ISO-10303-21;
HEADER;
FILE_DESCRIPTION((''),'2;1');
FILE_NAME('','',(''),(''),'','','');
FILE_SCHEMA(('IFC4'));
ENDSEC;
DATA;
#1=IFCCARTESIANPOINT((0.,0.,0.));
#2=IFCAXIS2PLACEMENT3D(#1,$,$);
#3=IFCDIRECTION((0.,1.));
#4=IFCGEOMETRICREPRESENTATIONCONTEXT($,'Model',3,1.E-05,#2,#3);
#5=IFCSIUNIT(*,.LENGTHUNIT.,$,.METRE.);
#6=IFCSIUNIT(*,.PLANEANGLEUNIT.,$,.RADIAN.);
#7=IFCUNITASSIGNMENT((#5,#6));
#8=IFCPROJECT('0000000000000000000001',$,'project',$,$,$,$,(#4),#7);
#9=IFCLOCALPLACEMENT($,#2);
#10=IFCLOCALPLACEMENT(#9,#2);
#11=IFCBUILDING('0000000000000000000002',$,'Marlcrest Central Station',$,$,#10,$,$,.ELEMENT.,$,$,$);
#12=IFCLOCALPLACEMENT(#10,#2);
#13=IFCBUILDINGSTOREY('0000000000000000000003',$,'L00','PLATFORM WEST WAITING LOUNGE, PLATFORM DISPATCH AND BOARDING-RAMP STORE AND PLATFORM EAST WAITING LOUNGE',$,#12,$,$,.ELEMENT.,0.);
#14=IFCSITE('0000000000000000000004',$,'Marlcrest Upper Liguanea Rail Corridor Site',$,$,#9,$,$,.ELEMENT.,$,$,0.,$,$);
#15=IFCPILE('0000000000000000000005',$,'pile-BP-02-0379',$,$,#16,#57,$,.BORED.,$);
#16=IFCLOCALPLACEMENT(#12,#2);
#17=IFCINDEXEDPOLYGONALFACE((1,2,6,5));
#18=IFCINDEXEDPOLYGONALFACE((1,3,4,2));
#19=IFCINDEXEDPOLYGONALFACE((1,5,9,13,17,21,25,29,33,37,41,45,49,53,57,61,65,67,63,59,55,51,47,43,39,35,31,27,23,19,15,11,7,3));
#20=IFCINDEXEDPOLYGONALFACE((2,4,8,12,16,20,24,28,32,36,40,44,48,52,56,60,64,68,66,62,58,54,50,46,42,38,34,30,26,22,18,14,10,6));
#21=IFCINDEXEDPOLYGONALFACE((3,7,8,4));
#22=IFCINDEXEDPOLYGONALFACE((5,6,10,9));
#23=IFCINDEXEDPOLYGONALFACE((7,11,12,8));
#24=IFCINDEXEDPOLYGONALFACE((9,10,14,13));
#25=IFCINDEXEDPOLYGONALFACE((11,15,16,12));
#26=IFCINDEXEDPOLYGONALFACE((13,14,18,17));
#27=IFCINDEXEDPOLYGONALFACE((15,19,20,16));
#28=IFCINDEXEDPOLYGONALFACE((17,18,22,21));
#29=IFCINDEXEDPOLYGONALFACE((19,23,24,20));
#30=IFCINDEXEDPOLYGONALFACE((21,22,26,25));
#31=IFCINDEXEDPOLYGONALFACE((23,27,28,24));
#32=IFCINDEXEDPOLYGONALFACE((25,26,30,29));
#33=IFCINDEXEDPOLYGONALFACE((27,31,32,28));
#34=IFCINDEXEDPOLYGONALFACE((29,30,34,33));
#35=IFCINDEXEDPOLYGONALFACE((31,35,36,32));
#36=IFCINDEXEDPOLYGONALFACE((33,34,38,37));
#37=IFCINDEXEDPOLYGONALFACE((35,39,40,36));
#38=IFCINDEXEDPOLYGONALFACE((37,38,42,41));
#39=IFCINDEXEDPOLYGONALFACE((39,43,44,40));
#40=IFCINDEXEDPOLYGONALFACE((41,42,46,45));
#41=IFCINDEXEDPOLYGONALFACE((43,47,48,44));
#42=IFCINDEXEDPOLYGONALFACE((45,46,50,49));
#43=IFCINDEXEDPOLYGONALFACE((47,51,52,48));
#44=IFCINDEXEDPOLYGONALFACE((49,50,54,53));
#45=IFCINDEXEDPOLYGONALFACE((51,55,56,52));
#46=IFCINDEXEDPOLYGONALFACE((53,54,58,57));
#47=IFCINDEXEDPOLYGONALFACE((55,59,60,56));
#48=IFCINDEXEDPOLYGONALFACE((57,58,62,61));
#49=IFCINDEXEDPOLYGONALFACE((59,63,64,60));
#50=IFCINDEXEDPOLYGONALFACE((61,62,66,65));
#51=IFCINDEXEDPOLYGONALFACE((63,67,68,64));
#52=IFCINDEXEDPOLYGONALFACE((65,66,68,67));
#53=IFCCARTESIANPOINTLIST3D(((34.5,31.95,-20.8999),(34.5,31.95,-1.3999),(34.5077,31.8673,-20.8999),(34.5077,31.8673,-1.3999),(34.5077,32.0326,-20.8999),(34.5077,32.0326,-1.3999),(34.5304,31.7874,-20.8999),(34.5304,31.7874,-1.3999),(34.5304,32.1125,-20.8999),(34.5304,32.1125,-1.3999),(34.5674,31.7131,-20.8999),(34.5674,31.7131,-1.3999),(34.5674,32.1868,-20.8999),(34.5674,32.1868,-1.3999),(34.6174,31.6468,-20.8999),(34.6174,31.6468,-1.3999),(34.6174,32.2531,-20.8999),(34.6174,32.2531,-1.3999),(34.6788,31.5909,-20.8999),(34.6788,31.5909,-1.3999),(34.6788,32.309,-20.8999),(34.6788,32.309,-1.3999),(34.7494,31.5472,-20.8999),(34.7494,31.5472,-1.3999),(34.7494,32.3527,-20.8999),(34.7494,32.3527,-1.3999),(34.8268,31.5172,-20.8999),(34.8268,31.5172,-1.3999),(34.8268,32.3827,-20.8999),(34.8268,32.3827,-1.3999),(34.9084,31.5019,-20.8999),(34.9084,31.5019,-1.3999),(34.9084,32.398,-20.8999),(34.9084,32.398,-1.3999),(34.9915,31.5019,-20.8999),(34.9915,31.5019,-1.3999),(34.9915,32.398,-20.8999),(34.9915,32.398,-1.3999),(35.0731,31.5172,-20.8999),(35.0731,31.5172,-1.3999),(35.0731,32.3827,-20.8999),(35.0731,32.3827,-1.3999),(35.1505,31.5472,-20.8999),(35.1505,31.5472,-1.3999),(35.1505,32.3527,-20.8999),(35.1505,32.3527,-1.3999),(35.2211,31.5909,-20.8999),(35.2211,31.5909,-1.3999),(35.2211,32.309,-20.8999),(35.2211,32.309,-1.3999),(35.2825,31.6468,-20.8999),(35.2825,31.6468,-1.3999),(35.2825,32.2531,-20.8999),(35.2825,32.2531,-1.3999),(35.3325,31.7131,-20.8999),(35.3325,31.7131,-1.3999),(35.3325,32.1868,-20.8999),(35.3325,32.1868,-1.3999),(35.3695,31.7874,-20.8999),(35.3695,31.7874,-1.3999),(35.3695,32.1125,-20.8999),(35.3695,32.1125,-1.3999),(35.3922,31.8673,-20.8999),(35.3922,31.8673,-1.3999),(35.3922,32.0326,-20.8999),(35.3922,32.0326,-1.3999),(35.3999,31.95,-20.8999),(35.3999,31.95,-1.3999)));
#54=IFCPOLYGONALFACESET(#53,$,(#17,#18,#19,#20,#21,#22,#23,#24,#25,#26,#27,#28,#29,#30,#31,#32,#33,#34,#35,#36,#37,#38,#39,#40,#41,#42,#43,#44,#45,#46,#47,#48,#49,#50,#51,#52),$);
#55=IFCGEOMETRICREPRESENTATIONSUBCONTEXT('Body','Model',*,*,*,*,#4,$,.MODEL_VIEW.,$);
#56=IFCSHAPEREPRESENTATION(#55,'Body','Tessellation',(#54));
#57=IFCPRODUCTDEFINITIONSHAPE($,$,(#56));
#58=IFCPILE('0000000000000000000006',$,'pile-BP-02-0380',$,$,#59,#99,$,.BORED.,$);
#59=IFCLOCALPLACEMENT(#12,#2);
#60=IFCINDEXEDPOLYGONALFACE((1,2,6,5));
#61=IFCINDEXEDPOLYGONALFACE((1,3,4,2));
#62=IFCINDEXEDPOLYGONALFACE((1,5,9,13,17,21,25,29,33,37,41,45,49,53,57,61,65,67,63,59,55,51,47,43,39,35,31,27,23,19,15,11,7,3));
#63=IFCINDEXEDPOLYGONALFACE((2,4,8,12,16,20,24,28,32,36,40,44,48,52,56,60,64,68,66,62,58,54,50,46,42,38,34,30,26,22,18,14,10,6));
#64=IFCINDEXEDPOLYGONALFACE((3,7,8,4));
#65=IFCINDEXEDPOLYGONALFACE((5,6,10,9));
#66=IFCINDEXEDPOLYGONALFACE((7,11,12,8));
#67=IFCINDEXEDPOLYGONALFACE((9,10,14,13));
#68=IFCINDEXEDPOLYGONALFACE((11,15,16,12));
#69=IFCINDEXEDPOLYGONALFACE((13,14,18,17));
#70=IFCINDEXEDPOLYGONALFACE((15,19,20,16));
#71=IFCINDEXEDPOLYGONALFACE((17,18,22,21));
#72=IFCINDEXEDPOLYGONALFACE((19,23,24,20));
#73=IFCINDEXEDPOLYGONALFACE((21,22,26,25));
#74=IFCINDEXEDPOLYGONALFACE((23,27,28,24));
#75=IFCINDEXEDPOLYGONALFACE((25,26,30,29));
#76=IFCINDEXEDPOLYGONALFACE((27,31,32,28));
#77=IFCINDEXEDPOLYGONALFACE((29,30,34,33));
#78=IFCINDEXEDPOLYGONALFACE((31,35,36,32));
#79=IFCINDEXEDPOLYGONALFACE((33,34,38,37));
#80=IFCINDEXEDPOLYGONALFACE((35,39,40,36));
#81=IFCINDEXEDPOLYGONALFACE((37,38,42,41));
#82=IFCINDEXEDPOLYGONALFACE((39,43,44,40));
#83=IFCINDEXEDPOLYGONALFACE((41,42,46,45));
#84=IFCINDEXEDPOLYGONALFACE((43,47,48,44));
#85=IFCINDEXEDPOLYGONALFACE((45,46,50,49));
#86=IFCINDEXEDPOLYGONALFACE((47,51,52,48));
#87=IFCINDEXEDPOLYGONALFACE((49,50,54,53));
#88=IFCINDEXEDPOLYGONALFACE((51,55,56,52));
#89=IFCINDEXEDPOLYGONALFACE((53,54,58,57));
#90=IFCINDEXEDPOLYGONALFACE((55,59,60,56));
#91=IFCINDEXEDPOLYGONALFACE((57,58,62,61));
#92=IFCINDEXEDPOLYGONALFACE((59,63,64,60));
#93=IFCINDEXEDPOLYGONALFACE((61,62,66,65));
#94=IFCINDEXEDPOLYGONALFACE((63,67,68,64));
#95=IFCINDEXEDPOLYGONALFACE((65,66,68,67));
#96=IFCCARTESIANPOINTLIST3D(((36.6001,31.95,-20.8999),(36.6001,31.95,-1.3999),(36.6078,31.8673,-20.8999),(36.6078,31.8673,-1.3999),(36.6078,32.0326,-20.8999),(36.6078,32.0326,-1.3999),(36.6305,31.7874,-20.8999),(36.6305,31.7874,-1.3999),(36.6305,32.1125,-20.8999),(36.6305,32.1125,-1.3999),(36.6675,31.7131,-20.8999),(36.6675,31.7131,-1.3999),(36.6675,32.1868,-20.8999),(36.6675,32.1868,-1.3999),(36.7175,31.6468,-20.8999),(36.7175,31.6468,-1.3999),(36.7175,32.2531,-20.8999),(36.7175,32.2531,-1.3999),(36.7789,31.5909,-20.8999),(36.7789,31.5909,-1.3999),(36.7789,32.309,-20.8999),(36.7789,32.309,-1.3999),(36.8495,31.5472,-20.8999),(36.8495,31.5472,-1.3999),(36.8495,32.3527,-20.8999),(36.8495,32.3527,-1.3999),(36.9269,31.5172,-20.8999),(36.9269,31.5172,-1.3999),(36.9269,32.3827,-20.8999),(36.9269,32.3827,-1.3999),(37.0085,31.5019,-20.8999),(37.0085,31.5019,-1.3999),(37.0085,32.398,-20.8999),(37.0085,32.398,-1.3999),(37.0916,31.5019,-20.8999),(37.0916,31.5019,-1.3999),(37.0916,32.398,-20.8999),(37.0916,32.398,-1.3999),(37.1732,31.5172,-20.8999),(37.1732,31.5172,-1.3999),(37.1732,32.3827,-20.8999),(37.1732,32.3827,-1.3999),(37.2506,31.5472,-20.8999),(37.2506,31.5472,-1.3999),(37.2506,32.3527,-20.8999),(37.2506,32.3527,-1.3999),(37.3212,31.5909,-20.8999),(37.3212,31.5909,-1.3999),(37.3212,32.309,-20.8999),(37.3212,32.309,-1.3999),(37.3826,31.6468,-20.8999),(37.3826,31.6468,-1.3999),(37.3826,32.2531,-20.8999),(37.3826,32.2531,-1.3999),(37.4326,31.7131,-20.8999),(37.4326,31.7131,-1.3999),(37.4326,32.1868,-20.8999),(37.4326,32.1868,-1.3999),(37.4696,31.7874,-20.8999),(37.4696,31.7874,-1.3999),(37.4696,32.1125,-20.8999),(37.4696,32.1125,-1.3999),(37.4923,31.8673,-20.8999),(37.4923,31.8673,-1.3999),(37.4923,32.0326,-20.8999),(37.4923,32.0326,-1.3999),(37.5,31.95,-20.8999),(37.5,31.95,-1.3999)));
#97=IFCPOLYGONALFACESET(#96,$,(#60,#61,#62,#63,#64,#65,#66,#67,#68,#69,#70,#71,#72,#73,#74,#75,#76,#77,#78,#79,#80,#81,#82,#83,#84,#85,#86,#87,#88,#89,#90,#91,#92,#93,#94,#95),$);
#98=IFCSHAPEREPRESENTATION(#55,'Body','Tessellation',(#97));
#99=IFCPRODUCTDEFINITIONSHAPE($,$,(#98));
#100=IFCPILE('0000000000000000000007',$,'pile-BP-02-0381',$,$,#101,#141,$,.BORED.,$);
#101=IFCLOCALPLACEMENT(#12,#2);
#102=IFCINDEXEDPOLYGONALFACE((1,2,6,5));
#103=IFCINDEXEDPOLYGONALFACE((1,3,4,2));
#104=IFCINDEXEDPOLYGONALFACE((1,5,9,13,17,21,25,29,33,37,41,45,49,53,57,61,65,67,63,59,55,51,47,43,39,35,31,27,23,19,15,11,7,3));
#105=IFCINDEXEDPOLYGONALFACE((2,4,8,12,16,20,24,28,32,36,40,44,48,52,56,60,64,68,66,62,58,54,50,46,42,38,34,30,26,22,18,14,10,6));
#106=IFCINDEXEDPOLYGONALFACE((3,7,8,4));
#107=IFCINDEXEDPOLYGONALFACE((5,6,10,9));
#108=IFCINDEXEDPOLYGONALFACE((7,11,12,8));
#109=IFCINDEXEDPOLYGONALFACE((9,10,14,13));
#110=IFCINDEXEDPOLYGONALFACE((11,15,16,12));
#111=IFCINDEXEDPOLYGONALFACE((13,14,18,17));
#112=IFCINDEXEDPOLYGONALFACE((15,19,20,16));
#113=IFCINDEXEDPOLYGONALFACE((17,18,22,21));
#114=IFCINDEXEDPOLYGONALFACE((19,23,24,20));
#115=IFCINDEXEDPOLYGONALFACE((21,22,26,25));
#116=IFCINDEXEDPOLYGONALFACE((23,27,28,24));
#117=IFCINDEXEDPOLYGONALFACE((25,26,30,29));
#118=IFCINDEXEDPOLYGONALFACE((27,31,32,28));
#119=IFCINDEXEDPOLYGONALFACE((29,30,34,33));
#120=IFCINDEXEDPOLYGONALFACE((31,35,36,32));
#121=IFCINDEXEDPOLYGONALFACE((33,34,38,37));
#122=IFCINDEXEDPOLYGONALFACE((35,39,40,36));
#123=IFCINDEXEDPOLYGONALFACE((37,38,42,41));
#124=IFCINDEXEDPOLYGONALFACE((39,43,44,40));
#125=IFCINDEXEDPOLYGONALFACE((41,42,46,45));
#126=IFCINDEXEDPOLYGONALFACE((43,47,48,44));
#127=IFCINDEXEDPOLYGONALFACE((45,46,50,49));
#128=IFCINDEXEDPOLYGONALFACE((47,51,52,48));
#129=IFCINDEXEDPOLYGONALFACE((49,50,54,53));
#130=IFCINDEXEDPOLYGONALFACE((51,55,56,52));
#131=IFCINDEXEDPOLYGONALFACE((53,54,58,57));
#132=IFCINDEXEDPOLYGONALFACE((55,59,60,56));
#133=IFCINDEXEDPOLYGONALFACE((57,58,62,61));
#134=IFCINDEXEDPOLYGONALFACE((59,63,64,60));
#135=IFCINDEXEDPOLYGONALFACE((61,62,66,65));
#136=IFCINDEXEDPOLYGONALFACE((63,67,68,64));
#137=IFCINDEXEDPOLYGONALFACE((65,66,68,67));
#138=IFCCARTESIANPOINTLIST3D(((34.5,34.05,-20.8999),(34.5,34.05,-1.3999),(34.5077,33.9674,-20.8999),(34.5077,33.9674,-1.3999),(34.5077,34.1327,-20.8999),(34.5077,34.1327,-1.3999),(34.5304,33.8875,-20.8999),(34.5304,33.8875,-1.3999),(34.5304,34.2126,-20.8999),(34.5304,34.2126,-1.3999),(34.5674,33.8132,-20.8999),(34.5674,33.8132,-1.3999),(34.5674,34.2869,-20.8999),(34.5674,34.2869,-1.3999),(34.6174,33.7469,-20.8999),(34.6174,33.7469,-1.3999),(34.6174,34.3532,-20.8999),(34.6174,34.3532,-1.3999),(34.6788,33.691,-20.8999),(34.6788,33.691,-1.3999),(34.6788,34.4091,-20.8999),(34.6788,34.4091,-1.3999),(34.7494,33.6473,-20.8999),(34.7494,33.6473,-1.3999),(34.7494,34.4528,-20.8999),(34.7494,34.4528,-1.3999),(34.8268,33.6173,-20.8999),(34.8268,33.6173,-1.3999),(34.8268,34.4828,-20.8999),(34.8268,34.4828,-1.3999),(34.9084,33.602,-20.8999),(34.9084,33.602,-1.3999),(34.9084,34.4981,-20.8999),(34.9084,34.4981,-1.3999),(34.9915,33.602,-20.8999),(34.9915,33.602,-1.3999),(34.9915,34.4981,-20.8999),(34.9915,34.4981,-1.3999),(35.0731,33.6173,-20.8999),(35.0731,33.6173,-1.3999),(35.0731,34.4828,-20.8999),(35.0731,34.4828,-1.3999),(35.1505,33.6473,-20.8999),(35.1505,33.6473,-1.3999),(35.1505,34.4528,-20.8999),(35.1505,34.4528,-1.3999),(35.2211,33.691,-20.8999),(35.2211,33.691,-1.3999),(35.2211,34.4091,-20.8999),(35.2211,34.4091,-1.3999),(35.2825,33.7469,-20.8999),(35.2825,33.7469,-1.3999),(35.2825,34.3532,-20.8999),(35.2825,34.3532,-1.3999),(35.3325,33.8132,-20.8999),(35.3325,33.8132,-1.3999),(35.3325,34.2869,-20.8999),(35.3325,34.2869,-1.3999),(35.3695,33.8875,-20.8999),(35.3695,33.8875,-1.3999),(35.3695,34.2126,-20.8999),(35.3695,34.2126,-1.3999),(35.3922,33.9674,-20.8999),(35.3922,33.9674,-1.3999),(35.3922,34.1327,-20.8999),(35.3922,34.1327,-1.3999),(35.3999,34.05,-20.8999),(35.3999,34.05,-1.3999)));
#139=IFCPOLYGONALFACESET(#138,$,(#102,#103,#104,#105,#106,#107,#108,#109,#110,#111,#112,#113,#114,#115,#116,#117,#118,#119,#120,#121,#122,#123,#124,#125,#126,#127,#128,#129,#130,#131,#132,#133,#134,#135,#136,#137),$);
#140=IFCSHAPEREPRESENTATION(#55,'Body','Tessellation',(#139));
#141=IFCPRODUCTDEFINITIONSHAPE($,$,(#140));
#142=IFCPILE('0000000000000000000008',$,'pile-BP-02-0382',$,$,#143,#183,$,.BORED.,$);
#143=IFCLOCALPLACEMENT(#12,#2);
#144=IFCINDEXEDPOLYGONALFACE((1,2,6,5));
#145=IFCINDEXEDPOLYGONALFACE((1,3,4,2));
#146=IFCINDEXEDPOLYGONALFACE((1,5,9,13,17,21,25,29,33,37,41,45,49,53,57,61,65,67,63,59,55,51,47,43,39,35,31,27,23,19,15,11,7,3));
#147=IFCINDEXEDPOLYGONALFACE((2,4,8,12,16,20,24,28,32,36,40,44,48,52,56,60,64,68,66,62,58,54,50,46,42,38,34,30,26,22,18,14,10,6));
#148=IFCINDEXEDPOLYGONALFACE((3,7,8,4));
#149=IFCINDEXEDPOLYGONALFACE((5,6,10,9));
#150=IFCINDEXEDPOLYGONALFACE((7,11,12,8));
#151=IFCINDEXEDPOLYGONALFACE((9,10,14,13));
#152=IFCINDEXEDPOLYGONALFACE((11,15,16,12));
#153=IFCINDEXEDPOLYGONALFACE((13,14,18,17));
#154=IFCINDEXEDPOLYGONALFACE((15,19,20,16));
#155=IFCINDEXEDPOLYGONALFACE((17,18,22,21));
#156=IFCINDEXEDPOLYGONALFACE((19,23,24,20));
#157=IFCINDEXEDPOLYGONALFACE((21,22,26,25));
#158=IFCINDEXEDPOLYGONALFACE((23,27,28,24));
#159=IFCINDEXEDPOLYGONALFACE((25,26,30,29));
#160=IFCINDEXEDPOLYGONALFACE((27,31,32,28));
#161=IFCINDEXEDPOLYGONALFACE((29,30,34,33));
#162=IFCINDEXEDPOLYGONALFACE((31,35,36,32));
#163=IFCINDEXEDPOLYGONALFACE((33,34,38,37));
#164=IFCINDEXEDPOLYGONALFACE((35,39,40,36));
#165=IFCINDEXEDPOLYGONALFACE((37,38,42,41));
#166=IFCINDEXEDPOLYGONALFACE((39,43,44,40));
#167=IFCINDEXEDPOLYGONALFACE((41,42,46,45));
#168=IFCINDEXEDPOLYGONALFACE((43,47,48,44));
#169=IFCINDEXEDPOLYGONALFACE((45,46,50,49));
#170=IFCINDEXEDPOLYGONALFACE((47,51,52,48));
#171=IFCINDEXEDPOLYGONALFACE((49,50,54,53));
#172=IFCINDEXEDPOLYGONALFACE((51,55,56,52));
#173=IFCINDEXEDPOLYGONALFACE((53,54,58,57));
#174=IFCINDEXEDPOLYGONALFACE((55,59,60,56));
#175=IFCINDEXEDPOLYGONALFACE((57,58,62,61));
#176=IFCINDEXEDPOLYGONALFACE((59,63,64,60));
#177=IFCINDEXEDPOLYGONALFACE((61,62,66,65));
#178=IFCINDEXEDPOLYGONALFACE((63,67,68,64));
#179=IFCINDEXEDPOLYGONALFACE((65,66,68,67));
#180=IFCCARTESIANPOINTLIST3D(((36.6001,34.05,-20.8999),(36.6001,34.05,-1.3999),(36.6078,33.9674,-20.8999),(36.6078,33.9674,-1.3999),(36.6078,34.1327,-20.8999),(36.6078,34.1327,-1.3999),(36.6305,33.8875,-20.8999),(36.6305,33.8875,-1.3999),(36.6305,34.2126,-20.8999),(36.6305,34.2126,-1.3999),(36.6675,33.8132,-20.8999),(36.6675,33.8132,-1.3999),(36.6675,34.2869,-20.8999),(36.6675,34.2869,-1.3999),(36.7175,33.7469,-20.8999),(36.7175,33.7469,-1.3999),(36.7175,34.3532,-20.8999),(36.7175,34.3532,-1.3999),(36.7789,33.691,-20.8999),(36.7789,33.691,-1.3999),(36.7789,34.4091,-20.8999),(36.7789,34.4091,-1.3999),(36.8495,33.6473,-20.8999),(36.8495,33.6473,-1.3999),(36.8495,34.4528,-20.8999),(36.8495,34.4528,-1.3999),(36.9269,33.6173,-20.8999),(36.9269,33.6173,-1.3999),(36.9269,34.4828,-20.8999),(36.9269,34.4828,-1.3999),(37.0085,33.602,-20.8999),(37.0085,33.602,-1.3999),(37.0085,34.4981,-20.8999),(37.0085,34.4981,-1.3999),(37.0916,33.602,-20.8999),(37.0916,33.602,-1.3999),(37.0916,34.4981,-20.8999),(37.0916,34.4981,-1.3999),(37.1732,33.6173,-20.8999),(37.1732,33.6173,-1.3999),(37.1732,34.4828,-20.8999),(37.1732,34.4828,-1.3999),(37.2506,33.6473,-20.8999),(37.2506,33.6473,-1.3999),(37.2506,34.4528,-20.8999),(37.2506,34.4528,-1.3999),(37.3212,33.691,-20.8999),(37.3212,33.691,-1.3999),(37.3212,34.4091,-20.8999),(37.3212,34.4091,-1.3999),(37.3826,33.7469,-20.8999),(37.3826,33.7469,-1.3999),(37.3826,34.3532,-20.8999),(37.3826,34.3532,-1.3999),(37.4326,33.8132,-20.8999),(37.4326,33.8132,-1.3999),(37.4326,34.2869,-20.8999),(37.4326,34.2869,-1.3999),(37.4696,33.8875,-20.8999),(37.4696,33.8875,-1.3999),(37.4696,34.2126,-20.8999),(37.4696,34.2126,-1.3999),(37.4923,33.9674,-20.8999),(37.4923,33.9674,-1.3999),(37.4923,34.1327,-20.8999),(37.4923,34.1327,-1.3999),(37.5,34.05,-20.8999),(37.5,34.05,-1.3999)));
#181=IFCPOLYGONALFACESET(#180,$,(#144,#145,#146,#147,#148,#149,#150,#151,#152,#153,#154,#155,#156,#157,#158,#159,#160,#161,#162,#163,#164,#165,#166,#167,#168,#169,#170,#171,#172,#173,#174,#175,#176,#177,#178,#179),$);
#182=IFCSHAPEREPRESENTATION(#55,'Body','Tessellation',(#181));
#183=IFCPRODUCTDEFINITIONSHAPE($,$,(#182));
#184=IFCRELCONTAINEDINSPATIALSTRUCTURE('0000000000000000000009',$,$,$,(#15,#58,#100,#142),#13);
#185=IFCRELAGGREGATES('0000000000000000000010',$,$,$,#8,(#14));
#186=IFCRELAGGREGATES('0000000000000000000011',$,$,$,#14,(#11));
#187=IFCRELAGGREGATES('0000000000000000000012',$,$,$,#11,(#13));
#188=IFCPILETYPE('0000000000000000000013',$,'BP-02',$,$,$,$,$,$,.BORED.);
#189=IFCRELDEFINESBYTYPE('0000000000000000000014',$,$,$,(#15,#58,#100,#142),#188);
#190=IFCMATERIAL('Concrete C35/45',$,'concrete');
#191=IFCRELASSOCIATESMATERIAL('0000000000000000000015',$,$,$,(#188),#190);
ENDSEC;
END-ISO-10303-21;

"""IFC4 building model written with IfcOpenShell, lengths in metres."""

from ifc_helpers import new_model, si_unit, direction, frame, origin, origin_2d, place, context, subcontext, project, spatial, circle, extrude, material, material_profile, profile_set, type_object, element, save


model = new_model("IFC4")

# Units and contexts
model_context = context("Model", 3, precision=1e-05, world=origin(), true_north=direction((0.0, 1.0)))
body_context = subcontext(model_context, "Body", "Model", "MODEL_VIEW")
ifc_project = project(units=[si_unit("LENGTHUNIT", "METRE"), si_unit("PLANEANGLEUNIT", "RADIAN")], contexts=[model_context])

# Site, building, storey
site_placement = place(None, origin())
site = spatial("IfcSite", under=ifc_project, at=site_placement, Name="Marlcrest Upper Liguanea Rail Corridor Site", CompositionType="ELEMENT", RefElevation=0.0)
building_placement = place(site_placement, origin())
building = spatial("IfcBuilding", under=site, at=building_placement, Name="Marlcrest Central Station", CompositionType="ELEMENT")
storey_placement = place(building_placement, origin())
storey = spatial("IfcBuildingStorey", under=building, at=storey_placement, Name="L00", Description="PLATFORM WEST WAITING LOUNGE, PLATFORM DISPATCH AND BOARDING-RAMP STORE AND PLATFORM EAST WAITING LOUNGE", CompositionType="ELEMENT", Elevation=0.0)

# Piles
ifc_material_1 = material(Name="Concrete C35/45", Category="concrete")
ifc_material_profile_1 = material_profile(ifc_material_1, circle(Radius=0.45, at=origin_2d()), Name="PILE D900")
ifc_profile_set_1 = profile_set([ifc_material_profile_1], Name="Concrete C35/45")
pile_type = type_object("IfcPileType", Name="BP-02", PredefinedType="BORED", material=ifc_profile_set_1)
for number, where, z_axis, x_axis, name in (
    (1, (34.95, 31.95, -1.3999), (0.0, 0.0, -1.0), (1.0, 0.0, 0.0), "pile-BP-02-0379"),
    (2, (37.05, 31.95, -1.3999), (0.0, 0.0, -1.0), (1.0, 0.0, 0.0), "pile-BP-02-0380"),
    (3, (34.95, 34.05, -1.3999), (0.0, 0.0, -1.0), (1.0, 0.0, 0.0), "pile-BP-02-0381"),
    (4, (37.05, 34.05, -1.3999), (0.0, 0.0, -1.0), (1.0, 0.0, 0.0), "pile-BP-02-0382"),
):
    element("IfcPile", number, at=place(storey_placement, frame(where, z_axis=z_axis, x_axis=x_axis)), inside=storey, type_object=pile_type, Name=name, PredefinedType="BORED", context=body_context, shape_type="SweptSolid", body=[
        extrude(circle(Radius=0.45, at=origin_2d()), origin(), (0.0, 0.0, 1.0), 19.5),
    ])

save(model, "model.ifc")
